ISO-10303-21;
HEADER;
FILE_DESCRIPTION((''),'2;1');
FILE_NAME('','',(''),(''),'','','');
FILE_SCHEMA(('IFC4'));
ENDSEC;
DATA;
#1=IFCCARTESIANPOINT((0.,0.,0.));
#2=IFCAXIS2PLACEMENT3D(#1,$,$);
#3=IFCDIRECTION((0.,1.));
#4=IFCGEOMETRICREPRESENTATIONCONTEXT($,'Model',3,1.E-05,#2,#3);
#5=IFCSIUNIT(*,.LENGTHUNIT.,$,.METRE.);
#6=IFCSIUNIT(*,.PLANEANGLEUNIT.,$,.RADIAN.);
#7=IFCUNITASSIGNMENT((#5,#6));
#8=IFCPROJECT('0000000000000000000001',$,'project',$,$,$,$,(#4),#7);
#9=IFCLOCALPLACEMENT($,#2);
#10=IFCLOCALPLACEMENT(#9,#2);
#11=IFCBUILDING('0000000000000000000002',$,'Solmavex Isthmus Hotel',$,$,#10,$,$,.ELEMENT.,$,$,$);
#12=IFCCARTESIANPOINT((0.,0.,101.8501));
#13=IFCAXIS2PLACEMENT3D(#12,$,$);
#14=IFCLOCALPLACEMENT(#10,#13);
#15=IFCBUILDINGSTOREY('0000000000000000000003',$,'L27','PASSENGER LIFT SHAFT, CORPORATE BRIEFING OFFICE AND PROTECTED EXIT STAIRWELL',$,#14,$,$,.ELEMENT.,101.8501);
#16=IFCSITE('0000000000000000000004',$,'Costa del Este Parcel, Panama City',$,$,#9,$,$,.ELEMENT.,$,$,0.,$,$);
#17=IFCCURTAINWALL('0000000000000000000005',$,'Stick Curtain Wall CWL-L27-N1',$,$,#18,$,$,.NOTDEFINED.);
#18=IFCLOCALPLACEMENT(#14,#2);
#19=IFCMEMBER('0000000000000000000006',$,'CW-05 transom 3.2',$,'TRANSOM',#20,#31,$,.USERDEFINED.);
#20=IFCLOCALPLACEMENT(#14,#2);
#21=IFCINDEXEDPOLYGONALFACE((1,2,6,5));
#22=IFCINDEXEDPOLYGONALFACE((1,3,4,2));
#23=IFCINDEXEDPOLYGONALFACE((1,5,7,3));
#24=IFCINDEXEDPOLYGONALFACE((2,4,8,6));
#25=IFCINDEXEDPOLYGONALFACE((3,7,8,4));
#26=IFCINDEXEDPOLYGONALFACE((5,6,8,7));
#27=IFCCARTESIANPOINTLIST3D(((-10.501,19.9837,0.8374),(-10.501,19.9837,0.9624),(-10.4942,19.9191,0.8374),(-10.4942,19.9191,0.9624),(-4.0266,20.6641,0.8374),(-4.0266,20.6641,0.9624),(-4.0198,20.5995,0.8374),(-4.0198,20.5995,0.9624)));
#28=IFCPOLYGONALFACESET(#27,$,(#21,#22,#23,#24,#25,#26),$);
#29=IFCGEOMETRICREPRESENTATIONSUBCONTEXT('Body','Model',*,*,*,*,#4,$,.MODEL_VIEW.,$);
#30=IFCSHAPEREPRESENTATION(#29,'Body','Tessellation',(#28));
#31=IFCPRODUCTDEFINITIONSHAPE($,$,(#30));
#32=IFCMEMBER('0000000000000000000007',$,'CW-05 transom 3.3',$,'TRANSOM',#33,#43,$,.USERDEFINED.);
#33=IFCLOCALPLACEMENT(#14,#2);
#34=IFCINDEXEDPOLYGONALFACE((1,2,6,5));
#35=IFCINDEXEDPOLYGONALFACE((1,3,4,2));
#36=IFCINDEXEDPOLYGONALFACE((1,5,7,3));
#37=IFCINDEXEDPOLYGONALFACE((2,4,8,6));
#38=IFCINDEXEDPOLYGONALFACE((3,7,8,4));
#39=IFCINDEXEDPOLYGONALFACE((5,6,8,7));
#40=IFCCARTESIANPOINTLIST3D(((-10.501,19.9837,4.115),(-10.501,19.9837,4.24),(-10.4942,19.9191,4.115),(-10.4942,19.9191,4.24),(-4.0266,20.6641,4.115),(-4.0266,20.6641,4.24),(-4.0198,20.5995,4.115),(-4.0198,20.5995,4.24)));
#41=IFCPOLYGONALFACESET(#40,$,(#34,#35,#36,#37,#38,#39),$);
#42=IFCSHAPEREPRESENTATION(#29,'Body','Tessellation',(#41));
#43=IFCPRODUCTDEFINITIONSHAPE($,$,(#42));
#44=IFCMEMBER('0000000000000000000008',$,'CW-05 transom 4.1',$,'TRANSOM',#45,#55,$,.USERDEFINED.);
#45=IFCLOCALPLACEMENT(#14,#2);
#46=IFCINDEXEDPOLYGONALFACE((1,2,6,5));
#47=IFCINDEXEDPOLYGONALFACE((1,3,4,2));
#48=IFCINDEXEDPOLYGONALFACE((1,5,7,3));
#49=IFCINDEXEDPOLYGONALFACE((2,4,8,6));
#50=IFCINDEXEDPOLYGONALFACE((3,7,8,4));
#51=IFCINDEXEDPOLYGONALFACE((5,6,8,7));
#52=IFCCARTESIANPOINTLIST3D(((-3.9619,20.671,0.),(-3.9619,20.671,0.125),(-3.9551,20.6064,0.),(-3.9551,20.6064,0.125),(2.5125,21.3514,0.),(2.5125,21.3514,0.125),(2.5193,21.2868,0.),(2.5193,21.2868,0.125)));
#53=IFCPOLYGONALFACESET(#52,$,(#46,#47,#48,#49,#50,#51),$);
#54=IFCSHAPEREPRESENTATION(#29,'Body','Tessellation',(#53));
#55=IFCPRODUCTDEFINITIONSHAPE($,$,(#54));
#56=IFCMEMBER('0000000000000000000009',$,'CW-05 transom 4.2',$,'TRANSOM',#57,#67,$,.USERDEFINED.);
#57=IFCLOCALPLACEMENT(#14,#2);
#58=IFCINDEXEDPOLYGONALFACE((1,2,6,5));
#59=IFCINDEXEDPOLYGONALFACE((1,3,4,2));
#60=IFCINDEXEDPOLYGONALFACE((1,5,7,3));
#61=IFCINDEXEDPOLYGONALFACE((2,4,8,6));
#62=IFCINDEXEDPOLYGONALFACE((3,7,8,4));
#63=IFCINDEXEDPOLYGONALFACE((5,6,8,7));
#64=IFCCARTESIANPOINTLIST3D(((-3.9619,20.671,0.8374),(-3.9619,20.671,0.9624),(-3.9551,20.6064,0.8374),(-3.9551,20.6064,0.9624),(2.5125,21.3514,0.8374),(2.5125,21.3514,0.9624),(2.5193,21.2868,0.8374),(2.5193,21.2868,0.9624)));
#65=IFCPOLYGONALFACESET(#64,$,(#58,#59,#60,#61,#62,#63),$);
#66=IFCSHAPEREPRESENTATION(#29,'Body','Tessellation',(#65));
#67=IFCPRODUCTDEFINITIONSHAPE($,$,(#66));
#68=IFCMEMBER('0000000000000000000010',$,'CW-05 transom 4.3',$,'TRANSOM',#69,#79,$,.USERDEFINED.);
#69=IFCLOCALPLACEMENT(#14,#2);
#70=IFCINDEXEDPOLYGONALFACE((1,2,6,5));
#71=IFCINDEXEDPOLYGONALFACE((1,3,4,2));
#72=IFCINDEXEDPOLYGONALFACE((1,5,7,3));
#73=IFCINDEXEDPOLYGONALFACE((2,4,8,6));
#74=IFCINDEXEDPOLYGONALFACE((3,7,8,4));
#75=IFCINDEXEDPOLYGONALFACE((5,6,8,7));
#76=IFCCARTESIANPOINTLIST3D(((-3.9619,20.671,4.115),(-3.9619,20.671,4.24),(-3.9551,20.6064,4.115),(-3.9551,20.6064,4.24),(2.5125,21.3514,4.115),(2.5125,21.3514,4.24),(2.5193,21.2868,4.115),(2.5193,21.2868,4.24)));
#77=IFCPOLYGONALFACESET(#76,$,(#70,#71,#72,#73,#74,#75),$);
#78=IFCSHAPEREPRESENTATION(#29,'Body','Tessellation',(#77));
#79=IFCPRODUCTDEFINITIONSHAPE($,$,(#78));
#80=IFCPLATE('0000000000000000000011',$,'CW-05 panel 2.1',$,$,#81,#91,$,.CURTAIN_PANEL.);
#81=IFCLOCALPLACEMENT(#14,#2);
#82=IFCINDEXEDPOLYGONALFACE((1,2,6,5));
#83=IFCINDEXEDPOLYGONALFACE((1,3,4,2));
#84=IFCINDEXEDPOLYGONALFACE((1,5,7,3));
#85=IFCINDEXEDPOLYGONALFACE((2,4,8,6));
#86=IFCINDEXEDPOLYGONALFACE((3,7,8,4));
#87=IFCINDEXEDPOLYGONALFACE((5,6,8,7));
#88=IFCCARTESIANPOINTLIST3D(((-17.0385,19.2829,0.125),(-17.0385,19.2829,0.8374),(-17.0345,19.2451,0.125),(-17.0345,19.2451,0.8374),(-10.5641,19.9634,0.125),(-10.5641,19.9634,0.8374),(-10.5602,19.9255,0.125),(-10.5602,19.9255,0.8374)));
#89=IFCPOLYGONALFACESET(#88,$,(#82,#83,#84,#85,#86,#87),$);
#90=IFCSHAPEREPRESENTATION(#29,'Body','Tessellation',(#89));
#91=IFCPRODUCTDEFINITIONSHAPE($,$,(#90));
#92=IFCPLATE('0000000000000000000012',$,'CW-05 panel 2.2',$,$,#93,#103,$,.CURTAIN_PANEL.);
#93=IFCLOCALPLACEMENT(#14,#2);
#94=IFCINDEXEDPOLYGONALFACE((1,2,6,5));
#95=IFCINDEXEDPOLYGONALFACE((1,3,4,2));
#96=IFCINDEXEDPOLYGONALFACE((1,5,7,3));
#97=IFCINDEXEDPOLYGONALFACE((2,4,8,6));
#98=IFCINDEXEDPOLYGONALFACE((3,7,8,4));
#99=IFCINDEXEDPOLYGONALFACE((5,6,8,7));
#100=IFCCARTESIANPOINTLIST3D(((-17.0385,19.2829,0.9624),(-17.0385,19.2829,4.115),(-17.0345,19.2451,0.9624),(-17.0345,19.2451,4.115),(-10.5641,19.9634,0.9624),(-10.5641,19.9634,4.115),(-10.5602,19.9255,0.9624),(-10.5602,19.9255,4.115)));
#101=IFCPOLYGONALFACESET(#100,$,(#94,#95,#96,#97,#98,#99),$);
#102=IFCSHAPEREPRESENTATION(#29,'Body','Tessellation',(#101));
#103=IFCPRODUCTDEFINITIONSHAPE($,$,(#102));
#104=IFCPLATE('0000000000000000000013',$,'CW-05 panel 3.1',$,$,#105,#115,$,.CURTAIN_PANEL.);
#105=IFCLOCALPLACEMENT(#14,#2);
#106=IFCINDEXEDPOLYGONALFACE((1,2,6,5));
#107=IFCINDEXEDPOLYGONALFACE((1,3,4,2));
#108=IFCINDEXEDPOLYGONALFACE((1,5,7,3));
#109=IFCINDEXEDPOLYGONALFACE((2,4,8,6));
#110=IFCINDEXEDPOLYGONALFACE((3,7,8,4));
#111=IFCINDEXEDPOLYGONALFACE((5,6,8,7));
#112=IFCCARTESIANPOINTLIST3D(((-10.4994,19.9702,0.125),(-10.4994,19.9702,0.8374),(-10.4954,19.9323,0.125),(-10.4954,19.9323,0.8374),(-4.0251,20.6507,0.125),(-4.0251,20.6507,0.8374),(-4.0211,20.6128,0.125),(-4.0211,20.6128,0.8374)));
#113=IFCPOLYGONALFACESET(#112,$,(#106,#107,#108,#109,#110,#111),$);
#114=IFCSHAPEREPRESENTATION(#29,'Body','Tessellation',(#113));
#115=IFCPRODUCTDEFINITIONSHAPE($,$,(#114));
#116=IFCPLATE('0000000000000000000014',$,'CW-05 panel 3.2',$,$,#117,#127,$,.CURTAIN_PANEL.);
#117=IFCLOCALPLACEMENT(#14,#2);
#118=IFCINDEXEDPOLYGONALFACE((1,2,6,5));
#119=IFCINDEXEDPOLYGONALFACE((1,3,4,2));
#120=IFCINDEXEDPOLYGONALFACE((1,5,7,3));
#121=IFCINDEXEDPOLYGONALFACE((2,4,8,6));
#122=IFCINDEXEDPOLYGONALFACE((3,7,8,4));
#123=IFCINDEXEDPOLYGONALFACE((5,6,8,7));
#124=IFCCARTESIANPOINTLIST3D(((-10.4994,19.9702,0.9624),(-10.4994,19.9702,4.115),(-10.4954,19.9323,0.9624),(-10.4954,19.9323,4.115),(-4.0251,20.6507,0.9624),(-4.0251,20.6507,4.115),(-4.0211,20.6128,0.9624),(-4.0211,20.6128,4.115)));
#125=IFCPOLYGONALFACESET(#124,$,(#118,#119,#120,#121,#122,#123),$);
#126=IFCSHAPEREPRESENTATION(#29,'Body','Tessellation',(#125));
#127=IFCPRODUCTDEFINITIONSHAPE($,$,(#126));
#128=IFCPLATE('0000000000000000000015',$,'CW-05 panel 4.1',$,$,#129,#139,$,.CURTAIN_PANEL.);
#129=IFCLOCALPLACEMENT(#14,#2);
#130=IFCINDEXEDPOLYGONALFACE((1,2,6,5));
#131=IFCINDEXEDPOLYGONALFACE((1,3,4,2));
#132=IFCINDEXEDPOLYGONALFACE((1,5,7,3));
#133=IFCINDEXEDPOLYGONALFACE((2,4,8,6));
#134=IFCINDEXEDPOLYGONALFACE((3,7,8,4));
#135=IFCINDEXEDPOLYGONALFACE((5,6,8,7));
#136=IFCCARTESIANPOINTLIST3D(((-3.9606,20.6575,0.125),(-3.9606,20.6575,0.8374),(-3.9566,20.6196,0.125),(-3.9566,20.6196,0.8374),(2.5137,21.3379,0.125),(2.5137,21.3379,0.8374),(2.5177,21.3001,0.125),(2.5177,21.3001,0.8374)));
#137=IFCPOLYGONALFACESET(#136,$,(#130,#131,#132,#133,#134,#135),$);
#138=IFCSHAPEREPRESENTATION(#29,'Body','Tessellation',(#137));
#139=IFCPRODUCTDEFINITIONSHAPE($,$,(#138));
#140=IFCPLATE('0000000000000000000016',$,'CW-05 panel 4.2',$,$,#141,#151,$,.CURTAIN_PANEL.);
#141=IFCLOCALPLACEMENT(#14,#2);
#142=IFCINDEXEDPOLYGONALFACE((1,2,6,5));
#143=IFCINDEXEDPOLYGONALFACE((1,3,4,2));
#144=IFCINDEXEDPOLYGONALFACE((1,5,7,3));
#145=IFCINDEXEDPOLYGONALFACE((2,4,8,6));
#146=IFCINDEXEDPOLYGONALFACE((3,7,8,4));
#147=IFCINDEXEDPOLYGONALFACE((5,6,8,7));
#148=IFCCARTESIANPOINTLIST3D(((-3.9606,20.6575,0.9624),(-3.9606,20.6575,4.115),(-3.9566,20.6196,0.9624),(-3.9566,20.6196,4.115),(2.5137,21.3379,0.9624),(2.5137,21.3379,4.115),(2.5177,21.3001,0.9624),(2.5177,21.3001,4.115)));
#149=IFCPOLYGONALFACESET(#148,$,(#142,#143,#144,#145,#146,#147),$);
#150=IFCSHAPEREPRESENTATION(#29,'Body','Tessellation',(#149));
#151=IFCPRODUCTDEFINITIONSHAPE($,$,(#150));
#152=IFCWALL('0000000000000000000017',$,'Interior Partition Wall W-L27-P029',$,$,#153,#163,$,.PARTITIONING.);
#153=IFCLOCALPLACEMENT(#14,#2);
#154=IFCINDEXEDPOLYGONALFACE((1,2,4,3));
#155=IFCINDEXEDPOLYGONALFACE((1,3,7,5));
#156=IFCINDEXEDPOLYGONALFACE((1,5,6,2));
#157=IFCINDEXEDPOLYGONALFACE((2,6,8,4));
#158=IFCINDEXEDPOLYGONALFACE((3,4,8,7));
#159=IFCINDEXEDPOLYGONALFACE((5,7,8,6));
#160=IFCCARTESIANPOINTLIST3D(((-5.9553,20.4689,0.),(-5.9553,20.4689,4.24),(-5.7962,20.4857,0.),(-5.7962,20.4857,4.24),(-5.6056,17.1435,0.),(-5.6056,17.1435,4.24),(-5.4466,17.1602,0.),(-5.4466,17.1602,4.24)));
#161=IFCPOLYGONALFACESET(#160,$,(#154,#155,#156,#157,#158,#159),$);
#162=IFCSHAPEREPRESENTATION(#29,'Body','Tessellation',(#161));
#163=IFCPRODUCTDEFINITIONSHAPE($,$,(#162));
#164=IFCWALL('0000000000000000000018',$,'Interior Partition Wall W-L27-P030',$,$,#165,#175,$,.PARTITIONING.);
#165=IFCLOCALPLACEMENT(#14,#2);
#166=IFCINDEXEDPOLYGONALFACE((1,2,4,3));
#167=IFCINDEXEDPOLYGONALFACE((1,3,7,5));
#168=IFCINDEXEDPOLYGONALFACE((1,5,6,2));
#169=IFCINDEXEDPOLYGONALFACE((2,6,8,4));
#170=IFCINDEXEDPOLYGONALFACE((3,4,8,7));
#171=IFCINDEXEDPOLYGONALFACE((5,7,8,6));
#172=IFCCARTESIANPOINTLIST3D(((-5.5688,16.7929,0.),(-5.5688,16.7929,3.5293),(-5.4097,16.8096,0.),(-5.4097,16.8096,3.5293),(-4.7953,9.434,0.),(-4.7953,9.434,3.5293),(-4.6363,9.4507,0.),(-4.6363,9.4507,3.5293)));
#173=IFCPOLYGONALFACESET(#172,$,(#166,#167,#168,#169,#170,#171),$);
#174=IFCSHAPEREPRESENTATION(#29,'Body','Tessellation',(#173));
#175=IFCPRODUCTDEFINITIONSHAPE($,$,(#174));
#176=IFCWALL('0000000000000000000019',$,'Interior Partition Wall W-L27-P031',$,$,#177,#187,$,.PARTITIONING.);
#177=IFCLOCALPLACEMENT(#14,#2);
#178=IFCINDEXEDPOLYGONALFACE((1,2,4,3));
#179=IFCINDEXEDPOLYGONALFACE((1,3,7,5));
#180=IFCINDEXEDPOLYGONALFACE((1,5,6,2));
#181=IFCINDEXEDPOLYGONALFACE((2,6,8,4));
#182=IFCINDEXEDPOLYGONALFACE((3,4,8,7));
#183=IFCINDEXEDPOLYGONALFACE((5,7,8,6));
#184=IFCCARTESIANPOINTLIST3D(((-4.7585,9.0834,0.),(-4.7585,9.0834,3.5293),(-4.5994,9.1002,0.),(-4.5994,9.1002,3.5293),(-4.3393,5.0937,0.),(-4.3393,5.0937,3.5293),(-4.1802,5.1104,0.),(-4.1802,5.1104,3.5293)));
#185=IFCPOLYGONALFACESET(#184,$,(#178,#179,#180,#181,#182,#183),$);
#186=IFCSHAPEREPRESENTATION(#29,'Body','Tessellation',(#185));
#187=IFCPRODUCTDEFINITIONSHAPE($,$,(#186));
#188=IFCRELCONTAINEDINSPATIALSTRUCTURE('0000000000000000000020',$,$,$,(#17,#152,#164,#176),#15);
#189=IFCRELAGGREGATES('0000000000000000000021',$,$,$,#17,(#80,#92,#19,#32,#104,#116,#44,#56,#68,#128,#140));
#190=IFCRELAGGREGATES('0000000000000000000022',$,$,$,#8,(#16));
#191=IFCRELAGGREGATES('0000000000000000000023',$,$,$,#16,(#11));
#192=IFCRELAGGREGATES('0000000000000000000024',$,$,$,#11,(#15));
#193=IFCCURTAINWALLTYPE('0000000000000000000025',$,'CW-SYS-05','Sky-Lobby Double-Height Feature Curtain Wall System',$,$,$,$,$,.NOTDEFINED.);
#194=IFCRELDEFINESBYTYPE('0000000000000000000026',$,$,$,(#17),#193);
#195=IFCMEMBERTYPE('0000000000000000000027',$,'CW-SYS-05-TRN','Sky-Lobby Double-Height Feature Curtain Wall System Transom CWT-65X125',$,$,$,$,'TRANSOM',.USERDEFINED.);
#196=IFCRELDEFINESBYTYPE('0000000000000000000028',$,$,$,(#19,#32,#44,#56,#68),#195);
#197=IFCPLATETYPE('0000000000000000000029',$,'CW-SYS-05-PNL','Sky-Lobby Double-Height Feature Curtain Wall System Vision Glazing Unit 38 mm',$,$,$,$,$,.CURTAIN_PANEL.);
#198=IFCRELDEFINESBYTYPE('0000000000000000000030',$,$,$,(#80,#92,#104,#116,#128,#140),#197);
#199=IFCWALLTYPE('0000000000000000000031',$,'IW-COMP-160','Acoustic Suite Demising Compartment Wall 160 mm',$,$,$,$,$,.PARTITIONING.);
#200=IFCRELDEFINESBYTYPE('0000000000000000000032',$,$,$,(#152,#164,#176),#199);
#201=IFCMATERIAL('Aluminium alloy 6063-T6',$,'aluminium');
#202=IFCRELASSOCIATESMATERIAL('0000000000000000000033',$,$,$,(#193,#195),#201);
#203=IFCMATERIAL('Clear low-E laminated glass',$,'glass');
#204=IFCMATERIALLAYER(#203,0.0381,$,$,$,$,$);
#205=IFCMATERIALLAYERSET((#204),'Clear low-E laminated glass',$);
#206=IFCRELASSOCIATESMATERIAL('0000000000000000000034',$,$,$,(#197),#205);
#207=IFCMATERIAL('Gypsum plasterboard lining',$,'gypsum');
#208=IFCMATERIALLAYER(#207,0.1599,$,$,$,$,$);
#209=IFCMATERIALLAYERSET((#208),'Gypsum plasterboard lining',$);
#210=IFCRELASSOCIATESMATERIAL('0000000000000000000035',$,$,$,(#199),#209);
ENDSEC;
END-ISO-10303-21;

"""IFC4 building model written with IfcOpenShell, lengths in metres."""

from ifc_helpers import new_model, si_unit, direction, frame, frame_2d, origin, origin_2d, place, context, subcontext, project, spatial, rectangle, extrude, material, layer, layer_set, material_profile, profile_set, type_object, element, aggregate, save


model = new_model("IFC4")

# Units and contexts
model_context = context("Model", 3, precision=1e-05, world=origin(), true_north=direction((0.0, 1.0)))
body_context = subcontext(model_context, "Body", "Model", "MODEL_VIEW")
ifc_project = project(units=[si_unit("LENGTHUNIT", "METRE"), si_unit("PLANEANGLEUNIT", "RADIAN")], contexts=[model_context])

# Site, building, storey
site_placement = place(None, origin())
site = spatial("IfcSite", under=ifc_project, at=site_placement, Name="Costa del Este Parcel, Panama City", CompositionType="ELEMENT", RefElevation=0.0)
building_placement = place(site_placement, origin())
building = spatial("IfcBuilding", under=site, at=building_placement, Name="Solmavex Isthmus Hotel", CompositionType="ELEMENT")
storey_placement = place(building_placement, frame((0.0, 0.0, 101.8501)))
storey = spatial("IfcBuildingStorey", under=building, at=storey_placement, Name="L27", Description="PASSENGER LIFT SHAFT, CORPORATE BRIEFING OFFICE AND PROTECTED EXIT STAIRWELL", CompositionType="ELEMENT", Elevation=101.8501)

# Curtain wall, members, plates
ifc_material_1 = material(Name="Aluminium alloy 6063-T6", Category="aluminium")
curtain_wall_type = type_object("IfcCurtainWallType", Name="CW-SYS-05", Description="Sky-Lobby Double-Height Feature Curtain Wall System", PredefinedType="NOTDEFINED", material=ifc_material_1)
curtain_wall_placement = place(storey_placement, origin())
curtain_wall = element("IfcCurtainWall", 1, at=curtain_wall_placement, inside=storey, type_object=curtain_wall_type, Name="Stick Curtain Wall CWL-L27-N1", PredefinedType="NOTDEFINED")
ifc_material_profile_1 = material_profile(ifc_material_1, rectangle(XDim=0.0649, YDim=0.125, at=origin_2d()), Name="CWT-65X125")
ifc_profile_set_1 = profile_set([ifc_material_profile_1], Name="Aluminium alloy 6063-T6")
member_type_1 = type_object("IfcMemberType", Name="CW-SYS-05-TRN", Description="Sky-Lobby Double-Height Feature Curtain Wall System Transom CWT-65X125", ElementType="TRANSOM", PredefinedType="USERDEFINED", material=ifc_profile_set_1)
member_1_placement = place(storey_placement, frame((-10.4976, 19.9514, 0.8999), z_axis=(0.994523, 0.104519, 0.0), x_axis=(-0.104519, 0.994523, 0.0)))
member_1 = element("IfcMember", 2, at=member_1_placement, type_object=member_type_1, Name="CW-05 transom 3.2", ObjectType="TRANSOM", PredefinedType="USERDEFINED", context=body_context, shape_type="SweptSolid", body=[
    extrude(rectangle(XDim=0.0649, YDim=0.125, at=origin_2d()), origin(), (0.0, 0.0, 1.0), 6.51),
])
member_2_placement = place(storey_placement, frame((-10.4976, 19.9514, 4.1775), z_axis=(0.994523, 0.104519, 0.0), x_axis=(-0.104519, 0.994523, 0.0)))
member_2 = element("IfcMember", 3, at=member_2_placement, type_object=member_type_1, Name="CW-05 transom 3.3", ObjectType="TRANSOM", PredefinedType="USERDEFINED", context=body_context, shape_type="SweptSolid", body=[
    extrude(rectangle(XDim=0.0649, YDim=0.125, at=origin_2d()), origin(), (0.0, 0.0, 1.0), 6.51),
])
member_3_placement = place(storey_placement, frame((-3.9585, 20.6387, 0.0625), z_axis=(0.994523, 0.104519, 0.0), x_axis=(-0.104519, 0.994523, 0.0)))
member_3 = element("IfcMember", 4, at=member_3_placement, type_object=member_type_1, Name="CW-05 transom 4.1", ObjectType="TRANSOM", PredefinedType="USERDEFINED", context=body_context, shape_type="SweptSolid", body=[
    extrude(rectangle(XDim=0.0649, YDim=0.125, at=origin_2d()), origin(), (0.0, 0.0, 1.0), 6.51),
])
member_4_placement = place(storey_placement, frame((-3.9585, 20.6387, 0.8999), z_axis=(0.994523, 0.104519, 0.0), x_axis=(-0.104519, 0.994523, 0.0)))
member_4 = element("IfcMember", 5, at=member_4_placement, type_object=member_type_1, Name="CW-05 transom 4.2", ObjectType="TRANSOM", PredefinedType="USERDEFINED", context=body_context, shape_type="SweptSolid", body=[
    extrude(rectangle(XDim=0.0649, YDim=0.125, at=origin_2d()), origin(), (0.0, 0.0, 1.0), 6.51),
])
member_5_placement = place(storey_placement, frame((-3.9585, 20.6387, 4.1775), z_axis=(0.994523, 0.104519, 0.0), x_axis=(-0.104519, 0.994523, 0.0)))
member_5 = element("IfcMember", 6, at=member_5_placement, type_object=member_type_1, Name="CW-05 transom 4.3", ObjectType="TRANSOM", PredefinedType="USERDEFINED", context=body_context, shape_type="SweptSolid", body=[
    extrude(rectangle(XDim=0.0649, YDim=0.125, at=origin_2d()), origin(), (0.0, 0.0, 1.0), 6.51),
])
ifc_material_2 = material(Name="Clear low-E laminated glass", Category="glass")
ifc_layer_1 = layer(ifc_material_2, 0.0381)
ifc_layer_set_1 = layer_set([ifc_layer_1], Name="Clear low-E laminated glass")
plate_type = type_object("IfcPlateType", Name="CW-SYS-05-PNL", Description="Sky-Lobby Double-Height Feature Curtain Wall System Vision Glazing Unit 38 mm", PredefinedType="CURTAIN_PANEL", material=ifc_layer_set_1)
plate_1_placement = place(storey_placement, frame((-13.7993, 19.6042, 0.125), z_axis=(0.0, 0.0, 1.0), x_axis=(0.994522, 0.104528, 0.0)))
plate_1 = element("IfcPlate", 7, at=plate_1_placement, type_object=plate_type, Name="CW-05 panel 2.1", PredefinedType="CURTAIN_PANEL", context=body_context, shape_type="SweptSolid", body=[
    extrude(rectangle(XDim=6.51, YDim=0.0381, at=origin_2d()), origin(), (0.0, 0.0, 1.0), 0.7124),
])
plate_2_placement = place(storey_placement, frame((-13.7993, 19.6042, 0.9624), z_axis=(0.0, 0.0, 1.0), x_axis=(0.994522, 0.104528, 0.0)))
plate_2 = element("IfcPlate", 8, at=plate_2_placement, type_object=plate_type, Name="CW-05 panel 2.2", PredefinedType="CURTAIN_PANEL", context=body_context, shape_type="SweptSolid", body=[
    extrude(rectangle(XDim=6.51, YDim=0.0381, at=origin_2d()), origin(), (0.0, 0.0, 1.0), 3.1526),
])
plate_3_placement = place(storey_placement, frame((-7.2603, 20.2915, 0.125), z_axis=(0.0, 0.0, 1.0), x_axis=(0.994522, 0.104528, 0.0)))
plate_3 = element("IfcPlate", 9, at=plate_3_placement, type_object=plate_type, Name="CW-05 panel 3.1", PredefinedType="CURTAIN_PANEL", context=body_context, shape_type="SweptSolid", body=[
    extrude(rectangle(XDim=6.51, YDim=0.0381, at=origin_2d()), origin(), (0.0, 0.0, 1.0), 0.7124),
])
plate_4_placement = place(storey_placement, frame((-7.2603, 20.2915, 0.9624), z_axis=(0.0, 0.0, 1.0), x_axis=(0.994522, 0.104528, 0.0)))
plate_4 = element("IfcPlate", 10, at=plate_4_placement, type_object=plate_type, Name="CW-05 panel 3.2", PredefinedType="CURTAIN_PANEL", context=body_context, shape_type="SweptSolid", body=[
    extrude(rectangle(XDim=6.51, YDim=0.0381, at=origin_2d()), origin(), (0.0, 0.0, 1.0), 3.1526),
])
plate_5_placement = place(storey_placement, frame((-0.7214, 20.9788, 0.125), z_axis=(0.0, 0.0, 1.0), x_axis=(0.994522, 0.104528, 0.0)))
plate_5 = element("IfcPlate", 11, at=plate_5_placement, type_object=plate_type, Name="CW-05 panel 4.1", PredefinedType="CURTAIN_PANEL", context=body_context, shape_type="SweptSolid", body=[
    extrude(rectangle(XDim=6.51, YDim=0.0381, at=origin_2d()), origin(), (0.0, 0.0, 1.0), 0.7124),
])
plate_6_placement = place(storey_placement, frame((-0.7214, 20.9788, 0.9624), z_axis=(0.0, 0.0, 1.0), x_axis=(0.994522, 0.104528, 0.0)))
plate_6 = element("IfcPlate", 12, at=plate_6_placement, type_object=plate_type, Name="CW-05 panel 4.2", PredefinedType="CURTAIN_PANEL", context=body_context, shape_type="SweptSolid", body=[
    extrude(rectangle(XDim=6.51, YDim=0.0381, at=origin_2d()), origin(), (0.0, 0.0, 1.0), 3.1526),
])
aggregate(curtain_wall, [plate_1, plate_2, member_1, member_2, plate_3, plate_4, member_3, member_4, member_5, plate_5, plate_6])

# Walls
ifc_material_3 = material(Name="Gypsum plasterboard lining", Category="gypsum")
ifc_layer_2 = layer(ifc_material_3, 0.1599)
ifc_layer_set_2 = layer_set([ifc_layer_2], Name="Gypsum plasterboard lining")
wall_type = type_object("IfcWallType", Name="IW-COMP-160", Description="Acoustic Suite Demising Compartment Wall 160 mm", PredefinedType="PARTITIONING", material=ifc_layer_set_2)
wall_1_placement = place(storey_placement, frame((-5.8757, 20.4773, 0.0), z_axis=(0.0, 0.0, 1.0), x_axis=(0.104556, -0.994519, 0.0)))
element("IfcWall", 13, at=wall_1_placement, inside=storey, type_object=wall_type, Name="Interior Partition Wall W-L27-P029", PredefinedType="PARTITIONING", context=body_context, shape_type="SweptSolid", body=[
    extrude(rectangle(XDim=3.3438, YDim=0.1599, at=frame_2d((1.6719, 0.0))), origin(), (0.0, 0.0, 1.0), 4.24),
])
wall_2_placement = place(storey_placement, frame((-5.4893, 16.8013, 0.0), z_axis=(0.0, 0.0, 1.0), x_axis=(0.104527, -0.994522, 0.0)))
element("IfcWall", 14, at=wall_2_placement, inside=storey, type_object=wall_type, Name="Interior Partition Wall W-L27-P030", PredefinedType="PARTITIONING", context=body_context, shape_type="SweptSolid", body=[
    extrude(rectangle(XDim=7.3994, YDim=0.1599, at=frame_2d((3.6997, 0.0))), origin(), (0.0, 0.0, 1.0), 3.5293),
])
wall_3_placement = place(storey_placement, frame((-4.679, 9.0918, 0.0), z_axis=(0.0, 0.0, 1.0), x_axis=(0.104492, -0.994526, 0.0)))
element("IfcWall", 15, at=wall_3_placement, inside=storey, type_object=wall_type, Name="Interior Partition Wall W-L27-P031", PredefinedType="PARTITIONING", context=body_context, shape_type="SweptSolid", body=[
    extrude(rectangle(XDim=4.0117, YDim=0.1599, at=frame_2d((2.0059, 0.0))), origin(), (0.0, 0.0, 1.0), 3.5293),
])

save(model, "model.ifc")
